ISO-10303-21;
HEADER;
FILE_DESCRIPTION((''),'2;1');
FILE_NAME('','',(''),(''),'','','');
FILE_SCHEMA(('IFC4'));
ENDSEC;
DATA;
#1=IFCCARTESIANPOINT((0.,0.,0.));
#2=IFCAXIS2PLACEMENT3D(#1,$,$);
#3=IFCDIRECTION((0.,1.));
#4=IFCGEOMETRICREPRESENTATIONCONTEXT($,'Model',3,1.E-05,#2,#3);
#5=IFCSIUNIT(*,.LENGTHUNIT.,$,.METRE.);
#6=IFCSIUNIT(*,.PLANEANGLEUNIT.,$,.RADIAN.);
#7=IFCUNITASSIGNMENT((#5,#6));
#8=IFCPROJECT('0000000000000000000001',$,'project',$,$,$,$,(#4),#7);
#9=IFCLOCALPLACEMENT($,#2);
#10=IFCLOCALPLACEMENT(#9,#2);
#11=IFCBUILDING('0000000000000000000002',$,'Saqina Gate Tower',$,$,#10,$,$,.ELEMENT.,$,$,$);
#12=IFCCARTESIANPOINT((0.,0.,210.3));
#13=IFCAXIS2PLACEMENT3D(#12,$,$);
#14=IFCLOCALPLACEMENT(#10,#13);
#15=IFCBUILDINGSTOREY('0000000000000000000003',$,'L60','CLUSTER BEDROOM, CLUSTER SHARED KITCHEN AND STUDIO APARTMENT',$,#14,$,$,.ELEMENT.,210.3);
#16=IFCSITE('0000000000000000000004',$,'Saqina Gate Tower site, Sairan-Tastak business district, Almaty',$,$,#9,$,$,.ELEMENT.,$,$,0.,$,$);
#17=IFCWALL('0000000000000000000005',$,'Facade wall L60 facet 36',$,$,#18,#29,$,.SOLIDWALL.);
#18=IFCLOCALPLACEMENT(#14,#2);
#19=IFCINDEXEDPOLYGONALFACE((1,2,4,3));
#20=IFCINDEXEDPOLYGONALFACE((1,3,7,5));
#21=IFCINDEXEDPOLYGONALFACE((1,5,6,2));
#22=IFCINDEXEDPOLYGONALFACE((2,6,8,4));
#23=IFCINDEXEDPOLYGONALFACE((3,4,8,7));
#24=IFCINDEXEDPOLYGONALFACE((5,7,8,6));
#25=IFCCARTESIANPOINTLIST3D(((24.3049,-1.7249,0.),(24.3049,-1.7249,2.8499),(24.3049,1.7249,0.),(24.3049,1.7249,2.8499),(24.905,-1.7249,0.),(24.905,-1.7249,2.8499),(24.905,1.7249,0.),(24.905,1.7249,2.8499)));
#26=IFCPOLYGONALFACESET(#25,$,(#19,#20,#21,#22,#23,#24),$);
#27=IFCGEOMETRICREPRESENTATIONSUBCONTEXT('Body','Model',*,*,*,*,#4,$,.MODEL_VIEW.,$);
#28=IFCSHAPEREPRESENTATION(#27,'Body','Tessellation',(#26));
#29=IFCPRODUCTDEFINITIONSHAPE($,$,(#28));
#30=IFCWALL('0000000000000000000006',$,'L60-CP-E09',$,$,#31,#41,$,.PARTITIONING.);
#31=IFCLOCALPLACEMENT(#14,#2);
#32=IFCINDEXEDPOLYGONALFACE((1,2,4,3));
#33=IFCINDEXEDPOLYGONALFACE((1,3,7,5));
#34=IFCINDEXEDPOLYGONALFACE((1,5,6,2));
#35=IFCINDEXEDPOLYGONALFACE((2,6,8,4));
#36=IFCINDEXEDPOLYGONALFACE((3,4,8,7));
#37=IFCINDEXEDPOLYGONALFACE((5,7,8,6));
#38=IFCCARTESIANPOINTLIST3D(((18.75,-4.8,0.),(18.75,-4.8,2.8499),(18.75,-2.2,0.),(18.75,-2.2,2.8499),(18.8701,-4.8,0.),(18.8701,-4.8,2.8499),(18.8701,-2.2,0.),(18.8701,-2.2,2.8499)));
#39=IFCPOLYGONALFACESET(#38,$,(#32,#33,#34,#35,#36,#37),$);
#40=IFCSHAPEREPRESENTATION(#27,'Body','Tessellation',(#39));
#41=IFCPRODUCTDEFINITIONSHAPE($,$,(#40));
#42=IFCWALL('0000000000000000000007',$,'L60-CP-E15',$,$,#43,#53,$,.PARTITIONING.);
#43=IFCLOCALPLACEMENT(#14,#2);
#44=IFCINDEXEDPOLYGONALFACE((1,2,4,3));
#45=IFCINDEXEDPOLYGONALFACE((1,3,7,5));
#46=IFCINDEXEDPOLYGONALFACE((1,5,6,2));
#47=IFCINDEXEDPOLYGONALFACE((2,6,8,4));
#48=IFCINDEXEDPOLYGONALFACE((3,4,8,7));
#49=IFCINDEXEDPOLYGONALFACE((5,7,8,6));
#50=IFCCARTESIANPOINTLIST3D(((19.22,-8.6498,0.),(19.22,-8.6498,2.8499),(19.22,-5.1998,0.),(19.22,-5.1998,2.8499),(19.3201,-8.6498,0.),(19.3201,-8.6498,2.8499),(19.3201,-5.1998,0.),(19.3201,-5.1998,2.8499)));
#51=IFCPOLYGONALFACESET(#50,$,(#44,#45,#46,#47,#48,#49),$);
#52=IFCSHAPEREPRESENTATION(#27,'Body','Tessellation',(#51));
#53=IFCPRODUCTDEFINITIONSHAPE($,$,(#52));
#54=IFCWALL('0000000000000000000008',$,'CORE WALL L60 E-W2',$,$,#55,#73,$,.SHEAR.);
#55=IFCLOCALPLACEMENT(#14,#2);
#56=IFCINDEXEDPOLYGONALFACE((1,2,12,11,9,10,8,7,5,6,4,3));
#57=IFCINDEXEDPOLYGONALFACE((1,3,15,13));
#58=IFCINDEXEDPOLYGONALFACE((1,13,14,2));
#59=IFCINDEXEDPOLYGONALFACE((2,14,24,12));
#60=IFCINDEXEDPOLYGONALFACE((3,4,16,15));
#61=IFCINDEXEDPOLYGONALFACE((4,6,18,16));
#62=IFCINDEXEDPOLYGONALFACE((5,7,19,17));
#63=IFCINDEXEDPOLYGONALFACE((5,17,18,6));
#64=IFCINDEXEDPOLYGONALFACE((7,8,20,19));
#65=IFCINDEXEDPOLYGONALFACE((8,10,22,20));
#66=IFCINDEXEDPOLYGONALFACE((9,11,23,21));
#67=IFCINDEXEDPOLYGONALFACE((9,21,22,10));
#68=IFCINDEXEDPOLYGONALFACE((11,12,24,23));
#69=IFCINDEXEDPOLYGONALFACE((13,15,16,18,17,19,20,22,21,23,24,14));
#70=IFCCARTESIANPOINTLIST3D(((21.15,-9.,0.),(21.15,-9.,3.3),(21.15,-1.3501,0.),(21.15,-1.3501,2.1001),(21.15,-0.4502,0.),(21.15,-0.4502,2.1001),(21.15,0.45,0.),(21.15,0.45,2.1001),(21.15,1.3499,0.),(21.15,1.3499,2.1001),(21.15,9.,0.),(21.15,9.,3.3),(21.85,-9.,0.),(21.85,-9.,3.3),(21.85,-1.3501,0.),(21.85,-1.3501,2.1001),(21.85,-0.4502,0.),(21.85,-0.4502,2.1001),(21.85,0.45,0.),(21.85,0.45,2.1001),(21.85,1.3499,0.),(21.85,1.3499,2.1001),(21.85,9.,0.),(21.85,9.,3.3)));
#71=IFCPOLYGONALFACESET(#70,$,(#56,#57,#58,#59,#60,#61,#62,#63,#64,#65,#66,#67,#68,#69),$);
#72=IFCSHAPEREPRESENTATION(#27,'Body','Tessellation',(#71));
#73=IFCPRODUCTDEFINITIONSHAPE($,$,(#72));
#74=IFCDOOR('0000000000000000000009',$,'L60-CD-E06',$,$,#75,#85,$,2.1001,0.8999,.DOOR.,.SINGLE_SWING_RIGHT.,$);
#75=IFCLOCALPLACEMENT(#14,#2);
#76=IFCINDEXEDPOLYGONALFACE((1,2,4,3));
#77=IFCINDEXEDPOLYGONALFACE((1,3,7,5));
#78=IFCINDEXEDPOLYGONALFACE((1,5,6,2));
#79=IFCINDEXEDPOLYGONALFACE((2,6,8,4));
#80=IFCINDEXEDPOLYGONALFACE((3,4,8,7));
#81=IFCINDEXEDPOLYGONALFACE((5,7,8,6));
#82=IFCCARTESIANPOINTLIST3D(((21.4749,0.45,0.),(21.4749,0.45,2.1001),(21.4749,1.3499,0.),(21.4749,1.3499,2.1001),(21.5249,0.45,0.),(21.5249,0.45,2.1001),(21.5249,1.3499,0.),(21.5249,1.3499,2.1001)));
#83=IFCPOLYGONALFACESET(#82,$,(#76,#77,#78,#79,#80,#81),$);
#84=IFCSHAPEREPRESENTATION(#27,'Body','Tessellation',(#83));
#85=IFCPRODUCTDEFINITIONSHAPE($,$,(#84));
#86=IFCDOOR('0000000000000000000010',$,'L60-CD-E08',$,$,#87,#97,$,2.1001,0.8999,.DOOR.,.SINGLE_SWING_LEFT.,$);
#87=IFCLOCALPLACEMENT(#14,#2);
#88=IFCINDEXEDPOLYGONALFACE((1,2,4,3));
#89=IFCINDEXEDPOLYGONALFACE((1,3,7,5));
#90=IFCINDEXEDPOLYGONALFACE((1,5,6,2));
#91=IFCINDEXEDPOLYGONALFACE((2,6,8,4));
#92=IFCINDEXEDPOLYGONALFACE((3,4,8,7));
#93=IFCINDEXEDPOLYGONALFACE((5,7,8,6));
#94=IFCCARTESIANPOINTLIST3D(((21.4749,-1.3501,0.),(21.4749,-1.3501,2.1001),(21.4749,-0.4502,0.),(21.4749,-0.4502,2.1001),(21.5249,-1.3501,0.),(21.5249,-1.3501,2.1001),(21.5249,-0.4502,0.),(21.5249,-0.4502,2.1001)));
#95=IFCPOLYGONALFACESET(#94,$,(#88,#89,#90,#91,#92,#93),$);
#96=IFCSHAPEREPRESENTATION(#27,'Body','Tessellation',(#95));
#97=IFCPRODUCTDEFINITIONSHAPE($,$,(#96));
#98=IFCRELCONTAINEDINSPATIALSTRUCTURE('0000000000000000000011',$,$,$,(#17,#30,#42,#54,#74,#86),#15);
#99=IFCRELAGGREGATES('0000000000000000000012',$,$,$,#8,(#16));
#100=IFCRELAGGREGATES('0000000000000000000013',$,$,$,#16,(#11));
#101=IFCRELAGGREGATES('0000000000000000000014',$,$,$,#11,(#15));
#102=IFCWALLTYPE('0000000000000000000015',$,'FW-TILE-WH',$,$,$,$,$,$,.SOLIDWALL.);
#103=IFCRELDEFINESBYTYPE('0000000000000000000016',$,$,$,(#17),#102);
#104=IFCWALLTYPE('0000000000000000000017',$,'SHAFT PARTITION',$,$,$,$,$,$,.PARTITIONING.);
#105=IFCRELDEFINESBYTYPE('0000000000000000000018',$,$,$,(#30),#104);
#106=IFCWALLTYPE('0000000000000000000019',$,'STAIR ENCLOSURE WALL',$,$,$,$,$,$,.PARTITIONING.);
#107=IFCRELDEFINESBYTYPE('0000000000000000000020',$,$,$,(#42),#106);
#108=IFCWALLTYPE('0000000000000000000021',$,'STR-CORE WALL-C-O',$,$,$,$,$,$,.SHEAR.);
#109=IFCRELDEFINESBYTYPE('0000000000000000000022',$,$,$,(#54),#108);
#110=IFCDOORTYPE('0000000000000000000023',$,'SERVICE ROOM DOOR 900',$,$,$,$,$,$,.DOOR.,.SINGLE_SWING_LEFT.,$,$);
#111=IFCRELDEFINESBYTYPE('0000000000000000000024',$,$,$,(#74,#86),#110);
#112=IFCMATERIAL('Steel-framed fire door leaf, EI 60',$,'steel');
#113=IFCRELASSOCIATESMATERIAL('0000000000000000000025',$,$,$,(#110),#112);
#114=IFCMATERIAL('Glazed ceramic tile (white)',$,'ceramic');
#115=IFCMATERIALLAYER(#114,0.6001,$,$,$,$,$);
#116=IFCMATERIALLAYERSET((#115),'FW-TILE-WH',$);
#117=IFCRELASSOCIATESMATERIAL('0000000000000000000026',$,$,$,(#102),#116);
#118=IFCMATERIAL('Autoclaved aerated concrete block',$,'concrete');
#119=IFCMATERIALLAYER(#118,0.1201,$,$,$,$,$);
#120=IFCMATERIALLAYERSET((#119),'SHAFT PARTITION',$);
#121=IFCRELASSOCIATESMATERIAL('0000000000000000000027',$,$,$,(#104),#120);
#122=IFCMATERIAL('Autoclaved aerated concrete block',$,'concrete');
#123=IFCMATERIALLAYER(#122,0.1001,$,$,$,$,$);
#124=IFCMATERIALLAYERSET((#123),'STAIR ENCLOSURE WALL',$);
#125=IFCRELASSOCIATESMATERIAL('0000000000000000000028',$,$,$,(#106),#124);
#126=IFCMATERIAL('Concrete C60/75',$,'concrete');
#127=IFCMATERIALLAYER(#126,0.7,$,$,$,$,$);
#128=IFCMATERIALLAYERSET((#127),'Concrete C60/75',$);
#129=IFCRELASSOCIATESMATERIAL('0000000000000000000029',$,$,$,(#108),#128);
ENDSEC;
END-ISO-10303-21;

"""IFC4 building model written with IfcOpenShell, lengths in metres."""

from ifc_helpers import new_model, si_unit, direction, frame, frame_2d, origin, place, context, subcontext, project, spatial, rectangle, extrude, material, layer, layer_set, type_object, element, fill, save


model = new_model("IFC4")

# Units and contexts
model_context = context("Model", 3, precision=1e-05, world=origin(), true_north=direction((0.0, 1.0)))
body_context = subcontext(model_context, "Body", "Model", "MODEL_VIEW")
ifc_project = project(units=[si_unit("LENGTHUNIT", "METRE"), si_unit("PLANEANGLEUNIT", "RADIAN")], contexts=[model_context])

# Site, building, storey
site_placement = place(None, origin())
site = spatial("IfcSite", under=ifc_project, at=site_placement, Name="Saqina Gate Tower site, Sairan-Tastak business district, Almaty", CompositionType="ELEMENT", RefElevation=0.0)
building_placement = place(site_placement, origin())
building = spatial("IfcBuilding", under=site, at=building_placement, Name="Saqina Gate Tower", CompositionType="ELEMENT")
storey_placement = place(building_placement, frame((0.0, 0.0, 210.3)))
storey = spatial("IfcBuildingStorey", under=building, at=storey_placement, Name="L60", Description="CLUSTER BEDROOM, CLUSTER SHARED KITCHEN AND STUDIO APARTMENT", CompositionType="ELEMENT", Elevation=210.3)

# Shared definitions
ifc_material_1 = material(Name="Steel-framed fire door leaf, EI 60", Category="steel")
door_type_1 = type_object("IfcDoorType", Name="SERVICE ROOM DOOR 900", OperationType="SINGLE_SWING_LEFT", PredefinedType="DOOR", material=ifc_material_1)

# Walls
ifc_material_2 = material(Name="Glazed ceramic tile (white)", Category="ceramic")
ifc_layer_1 = layer(ifc_material_2, 0.6001)
ifc_layer_set_1 = layer_set([ifc_layer_1], Name="FW-TILE-WH")
wall_type_1 = type_object("IfcWallType", Name="FW-TILE-WH", PredefinedType="SOLIDWALL", material=ifc_layer_set_1)
wall_1_placement = place(storey_placement, frame((24.605, -1.7249, 0.0), z_axis=(0.0, 0.0, 1.0), x_axis=(0.0, 1.0, 0.0)))
element("IfcWall", 1, at=wall_1_placement, inside=storey, type_object=wall_type_1, Name="Facade wall L60 facet 36", PredefinedType="SOLIDWALL", context=body_context, shape_type="SweptSolid", body=[
    extrude(rectangle(XDim=3.4497, YDim=0.6001, at=frame_2d((1.7249, 0.0))), origin(), (0.0, 0.0, 1.0), 2.8499),
])
ifc_material_3 = material(Name="Autoclaved aerated concrete block", Category="concrete")
ifc_layer_2 = layer(ifc_material_3, 0.1201)
ifc_layer_set_2 = layer_set([ifc_layer_2], Name="SHAFT PARTITION")
wall_type_2 = type_object("IfcWallType", Name="SHAFT PARTITION", PredefinedType="PARTITIONING", material=ifc_layer_set_2)
wall_2_placement = place(storey_placement, frame((18.8101, -4.8, 0.0), z_axis=(0.0, 0.0, 1.0), x_axis=(0.0, 1.0, 0.0)))
element("IfcWall", 2, at=wall_2_placement, inside=storey, type_object=wall_type_2, Name="L60-CP-E09", PredefinedType="PARTITIONING", context=body_context, shape_type="SweptSolid", body=[
    extrude(rectangle(XDim=2.6001, YDim=0.1201, at=frame_2d((1.3, 0.0))), origin(), (0.0, 0.0, 1.0), 2.8499),
])
ifc_material_4 = material(Name="Autoclaved aerated concrete block", Category="concrete")
ifc_layer_3 = layer(ifc_material_4, 0.1001)
ifc_layer_set_3 = layer_set([ifc_layer_3], Name="STAIR ENCLOSURE WALL")
wall_type_3 = type_object("IfcWallType", Name="STAIR ENCLOSURE WALL", PredefinedType="PARTITIONING", material=ifc_layer_set_3)
wall_3_placement = place(storey_placement, frame((19.27, -8.6499, 0.0), z_axis=(0.0, 0.0, 1.0), x_axis=(0.0, 1.0, 0.0)))
element("IfcWall", 3, at=wall_3_placement, inside=storey, type_object=wall_type_3, Name="L60-CP-E15", PredefinedType="PARTITIONING", context=body_context, shape_type="SweptSolid", body=[
    extrude(rectangle(XDim=3.45, YDim=0.1001, at=frame_2d((1.7251, 0.0))), origin(), (0.0, 0.0, 1.0), 2.8499),
])

# Wall, openings, doors
ifc_material_5 = material(Name="Concrete C60/75", Category="concrete")
ifc_layer_4 = layer(ifc_material_5, 0.7)
ifc_layer_set_4 = layer_set([ifc_layer_4], Name="Concrete C60/75")
wall_type_4 = type_object("IfcWallType", Name="STR-CORE WALL-C-O", PredefinedType="SHEAR", material=ifc_layer_set_4)
wall_4_placement = place(storey_placement, frame((21.5, -9.0, 0.0), z_axis=(0.0, 0.0, 1.0), x_axis=(0.0, 1.0, 0.0)))
wall_4 = element("IfcWall", 4, at=wall_4_placement, inside=storey, type_object=wall_type_4, Name="CORE WALL L60 E-W2", PredefinedType="SHEAR", context=body_context, shape_type="SweptSolid", body=[
    extrude(rectangle(XDim=18.0, YDim=0.7, at=frame_2d((9.0, 0.0))), origin(), (0.0, 0.0, 1.0), 3.3),
])
opening_1_placement = place(wall_4_placement, frame((9.45, 0.0, 0.0)))
opening_1 = element("IfcOpeningElement", 5, at=opening_1_placement, cuts=wall_4, PredefinedType="OPENING", context=body_context, shape_type="SweptSolid", body=[
    extrude(rectangle(XDim=0.8999, YDim=2.1001, at=frame_2d((0.45, 1.05))), frame((0.0, 0.3621, 0.0), z_axis=(0.0, -1.0, 0.0), x_axis=(1.0, 0.0, 0.0)), (0.0, 0.0, 1.0), 0.7239),
])
opening_2_placement = place(wall_4_placement, frame((7.6499, 0.0, 0.0)))
opening_2 = element("IfcOpeningElement", 6, at=opening_2_placement, cuts=wall_4, PredefinedType="OPENING", context=body_context, shape_type="SweptSolid", body=[
    extrude(rectangle(XDim=0.8999, YDim=2.1001, at=frame_2d((0.45, 1.05))), frame((0.0, 0.3621, 0.0), z_axis=(0.0, -1.0, 0.0), x_axis=(1.0, 0.0, 0.0)), (0.0, 0.0, 1.0), 0.7239),
])
door_1_placement = place(opening_1_placement, frame((0.8999, 0.0, 0.0), z_axis=(0.0, 0.0, 1.0), x_axis=(-1.0, 0.0, 0.0)))
door_1 = element("IfcDoor", 7, at=door_1_placement, inside=storey, type_object=door_type_1, Name="L60-CD-E06", OperationType="SINGLE_SWING_RIGHT", OverallHeight=2.1001, OverallWidth=0.8999, PredefinedType="DOOR", context=body_context, shape_type="SweptSolid", body=[
    extrude(rectangle(XDim=0.8999, YDim=2.1001, at=frame_2d((0.45, 1.05))), frame((0.0, 0.0249, 0.0), z_axis=(0.0, -1.0, 0.0), x_axis=(1.0, 0.0, 0.0)), (0.0, 0.0, 1.0), 0.05),
])
fill(opening_1, door_1)
door_2_placement = place(opening_2_placement, frame((0.8999, 0.0, 0.0), z_axis=(0.0, 0.0, 1.0), x_axis=(-1.0, 0.0, 0.0)))
door_2 = element("IfcDoor", 8, at=door_2_placement, inside=storey, type_object=door_type_1, Name="L60-CD-E08", OperationType="SINGLE_SWING_LEFT", OverallHeight=2.1001, OverallWidth=0.8999, PredefinedType="DOOR", context=body_context, shape_type="SweptSolid", body=[
    extrude(rectangle(XDim=0.8999, YDim=2.1001, at=frame_2d((0.45, 1.05))), frame((0.0, 0.0249, 0.0), z_axis=(0.0, -1.0, 0.0), x_axis=(1.0, 0.0, 0.0)), (0.0, 0.0, 1.0), 0.05),
])
fill(opening_2, door_2)

save(model, "model.ifc")
